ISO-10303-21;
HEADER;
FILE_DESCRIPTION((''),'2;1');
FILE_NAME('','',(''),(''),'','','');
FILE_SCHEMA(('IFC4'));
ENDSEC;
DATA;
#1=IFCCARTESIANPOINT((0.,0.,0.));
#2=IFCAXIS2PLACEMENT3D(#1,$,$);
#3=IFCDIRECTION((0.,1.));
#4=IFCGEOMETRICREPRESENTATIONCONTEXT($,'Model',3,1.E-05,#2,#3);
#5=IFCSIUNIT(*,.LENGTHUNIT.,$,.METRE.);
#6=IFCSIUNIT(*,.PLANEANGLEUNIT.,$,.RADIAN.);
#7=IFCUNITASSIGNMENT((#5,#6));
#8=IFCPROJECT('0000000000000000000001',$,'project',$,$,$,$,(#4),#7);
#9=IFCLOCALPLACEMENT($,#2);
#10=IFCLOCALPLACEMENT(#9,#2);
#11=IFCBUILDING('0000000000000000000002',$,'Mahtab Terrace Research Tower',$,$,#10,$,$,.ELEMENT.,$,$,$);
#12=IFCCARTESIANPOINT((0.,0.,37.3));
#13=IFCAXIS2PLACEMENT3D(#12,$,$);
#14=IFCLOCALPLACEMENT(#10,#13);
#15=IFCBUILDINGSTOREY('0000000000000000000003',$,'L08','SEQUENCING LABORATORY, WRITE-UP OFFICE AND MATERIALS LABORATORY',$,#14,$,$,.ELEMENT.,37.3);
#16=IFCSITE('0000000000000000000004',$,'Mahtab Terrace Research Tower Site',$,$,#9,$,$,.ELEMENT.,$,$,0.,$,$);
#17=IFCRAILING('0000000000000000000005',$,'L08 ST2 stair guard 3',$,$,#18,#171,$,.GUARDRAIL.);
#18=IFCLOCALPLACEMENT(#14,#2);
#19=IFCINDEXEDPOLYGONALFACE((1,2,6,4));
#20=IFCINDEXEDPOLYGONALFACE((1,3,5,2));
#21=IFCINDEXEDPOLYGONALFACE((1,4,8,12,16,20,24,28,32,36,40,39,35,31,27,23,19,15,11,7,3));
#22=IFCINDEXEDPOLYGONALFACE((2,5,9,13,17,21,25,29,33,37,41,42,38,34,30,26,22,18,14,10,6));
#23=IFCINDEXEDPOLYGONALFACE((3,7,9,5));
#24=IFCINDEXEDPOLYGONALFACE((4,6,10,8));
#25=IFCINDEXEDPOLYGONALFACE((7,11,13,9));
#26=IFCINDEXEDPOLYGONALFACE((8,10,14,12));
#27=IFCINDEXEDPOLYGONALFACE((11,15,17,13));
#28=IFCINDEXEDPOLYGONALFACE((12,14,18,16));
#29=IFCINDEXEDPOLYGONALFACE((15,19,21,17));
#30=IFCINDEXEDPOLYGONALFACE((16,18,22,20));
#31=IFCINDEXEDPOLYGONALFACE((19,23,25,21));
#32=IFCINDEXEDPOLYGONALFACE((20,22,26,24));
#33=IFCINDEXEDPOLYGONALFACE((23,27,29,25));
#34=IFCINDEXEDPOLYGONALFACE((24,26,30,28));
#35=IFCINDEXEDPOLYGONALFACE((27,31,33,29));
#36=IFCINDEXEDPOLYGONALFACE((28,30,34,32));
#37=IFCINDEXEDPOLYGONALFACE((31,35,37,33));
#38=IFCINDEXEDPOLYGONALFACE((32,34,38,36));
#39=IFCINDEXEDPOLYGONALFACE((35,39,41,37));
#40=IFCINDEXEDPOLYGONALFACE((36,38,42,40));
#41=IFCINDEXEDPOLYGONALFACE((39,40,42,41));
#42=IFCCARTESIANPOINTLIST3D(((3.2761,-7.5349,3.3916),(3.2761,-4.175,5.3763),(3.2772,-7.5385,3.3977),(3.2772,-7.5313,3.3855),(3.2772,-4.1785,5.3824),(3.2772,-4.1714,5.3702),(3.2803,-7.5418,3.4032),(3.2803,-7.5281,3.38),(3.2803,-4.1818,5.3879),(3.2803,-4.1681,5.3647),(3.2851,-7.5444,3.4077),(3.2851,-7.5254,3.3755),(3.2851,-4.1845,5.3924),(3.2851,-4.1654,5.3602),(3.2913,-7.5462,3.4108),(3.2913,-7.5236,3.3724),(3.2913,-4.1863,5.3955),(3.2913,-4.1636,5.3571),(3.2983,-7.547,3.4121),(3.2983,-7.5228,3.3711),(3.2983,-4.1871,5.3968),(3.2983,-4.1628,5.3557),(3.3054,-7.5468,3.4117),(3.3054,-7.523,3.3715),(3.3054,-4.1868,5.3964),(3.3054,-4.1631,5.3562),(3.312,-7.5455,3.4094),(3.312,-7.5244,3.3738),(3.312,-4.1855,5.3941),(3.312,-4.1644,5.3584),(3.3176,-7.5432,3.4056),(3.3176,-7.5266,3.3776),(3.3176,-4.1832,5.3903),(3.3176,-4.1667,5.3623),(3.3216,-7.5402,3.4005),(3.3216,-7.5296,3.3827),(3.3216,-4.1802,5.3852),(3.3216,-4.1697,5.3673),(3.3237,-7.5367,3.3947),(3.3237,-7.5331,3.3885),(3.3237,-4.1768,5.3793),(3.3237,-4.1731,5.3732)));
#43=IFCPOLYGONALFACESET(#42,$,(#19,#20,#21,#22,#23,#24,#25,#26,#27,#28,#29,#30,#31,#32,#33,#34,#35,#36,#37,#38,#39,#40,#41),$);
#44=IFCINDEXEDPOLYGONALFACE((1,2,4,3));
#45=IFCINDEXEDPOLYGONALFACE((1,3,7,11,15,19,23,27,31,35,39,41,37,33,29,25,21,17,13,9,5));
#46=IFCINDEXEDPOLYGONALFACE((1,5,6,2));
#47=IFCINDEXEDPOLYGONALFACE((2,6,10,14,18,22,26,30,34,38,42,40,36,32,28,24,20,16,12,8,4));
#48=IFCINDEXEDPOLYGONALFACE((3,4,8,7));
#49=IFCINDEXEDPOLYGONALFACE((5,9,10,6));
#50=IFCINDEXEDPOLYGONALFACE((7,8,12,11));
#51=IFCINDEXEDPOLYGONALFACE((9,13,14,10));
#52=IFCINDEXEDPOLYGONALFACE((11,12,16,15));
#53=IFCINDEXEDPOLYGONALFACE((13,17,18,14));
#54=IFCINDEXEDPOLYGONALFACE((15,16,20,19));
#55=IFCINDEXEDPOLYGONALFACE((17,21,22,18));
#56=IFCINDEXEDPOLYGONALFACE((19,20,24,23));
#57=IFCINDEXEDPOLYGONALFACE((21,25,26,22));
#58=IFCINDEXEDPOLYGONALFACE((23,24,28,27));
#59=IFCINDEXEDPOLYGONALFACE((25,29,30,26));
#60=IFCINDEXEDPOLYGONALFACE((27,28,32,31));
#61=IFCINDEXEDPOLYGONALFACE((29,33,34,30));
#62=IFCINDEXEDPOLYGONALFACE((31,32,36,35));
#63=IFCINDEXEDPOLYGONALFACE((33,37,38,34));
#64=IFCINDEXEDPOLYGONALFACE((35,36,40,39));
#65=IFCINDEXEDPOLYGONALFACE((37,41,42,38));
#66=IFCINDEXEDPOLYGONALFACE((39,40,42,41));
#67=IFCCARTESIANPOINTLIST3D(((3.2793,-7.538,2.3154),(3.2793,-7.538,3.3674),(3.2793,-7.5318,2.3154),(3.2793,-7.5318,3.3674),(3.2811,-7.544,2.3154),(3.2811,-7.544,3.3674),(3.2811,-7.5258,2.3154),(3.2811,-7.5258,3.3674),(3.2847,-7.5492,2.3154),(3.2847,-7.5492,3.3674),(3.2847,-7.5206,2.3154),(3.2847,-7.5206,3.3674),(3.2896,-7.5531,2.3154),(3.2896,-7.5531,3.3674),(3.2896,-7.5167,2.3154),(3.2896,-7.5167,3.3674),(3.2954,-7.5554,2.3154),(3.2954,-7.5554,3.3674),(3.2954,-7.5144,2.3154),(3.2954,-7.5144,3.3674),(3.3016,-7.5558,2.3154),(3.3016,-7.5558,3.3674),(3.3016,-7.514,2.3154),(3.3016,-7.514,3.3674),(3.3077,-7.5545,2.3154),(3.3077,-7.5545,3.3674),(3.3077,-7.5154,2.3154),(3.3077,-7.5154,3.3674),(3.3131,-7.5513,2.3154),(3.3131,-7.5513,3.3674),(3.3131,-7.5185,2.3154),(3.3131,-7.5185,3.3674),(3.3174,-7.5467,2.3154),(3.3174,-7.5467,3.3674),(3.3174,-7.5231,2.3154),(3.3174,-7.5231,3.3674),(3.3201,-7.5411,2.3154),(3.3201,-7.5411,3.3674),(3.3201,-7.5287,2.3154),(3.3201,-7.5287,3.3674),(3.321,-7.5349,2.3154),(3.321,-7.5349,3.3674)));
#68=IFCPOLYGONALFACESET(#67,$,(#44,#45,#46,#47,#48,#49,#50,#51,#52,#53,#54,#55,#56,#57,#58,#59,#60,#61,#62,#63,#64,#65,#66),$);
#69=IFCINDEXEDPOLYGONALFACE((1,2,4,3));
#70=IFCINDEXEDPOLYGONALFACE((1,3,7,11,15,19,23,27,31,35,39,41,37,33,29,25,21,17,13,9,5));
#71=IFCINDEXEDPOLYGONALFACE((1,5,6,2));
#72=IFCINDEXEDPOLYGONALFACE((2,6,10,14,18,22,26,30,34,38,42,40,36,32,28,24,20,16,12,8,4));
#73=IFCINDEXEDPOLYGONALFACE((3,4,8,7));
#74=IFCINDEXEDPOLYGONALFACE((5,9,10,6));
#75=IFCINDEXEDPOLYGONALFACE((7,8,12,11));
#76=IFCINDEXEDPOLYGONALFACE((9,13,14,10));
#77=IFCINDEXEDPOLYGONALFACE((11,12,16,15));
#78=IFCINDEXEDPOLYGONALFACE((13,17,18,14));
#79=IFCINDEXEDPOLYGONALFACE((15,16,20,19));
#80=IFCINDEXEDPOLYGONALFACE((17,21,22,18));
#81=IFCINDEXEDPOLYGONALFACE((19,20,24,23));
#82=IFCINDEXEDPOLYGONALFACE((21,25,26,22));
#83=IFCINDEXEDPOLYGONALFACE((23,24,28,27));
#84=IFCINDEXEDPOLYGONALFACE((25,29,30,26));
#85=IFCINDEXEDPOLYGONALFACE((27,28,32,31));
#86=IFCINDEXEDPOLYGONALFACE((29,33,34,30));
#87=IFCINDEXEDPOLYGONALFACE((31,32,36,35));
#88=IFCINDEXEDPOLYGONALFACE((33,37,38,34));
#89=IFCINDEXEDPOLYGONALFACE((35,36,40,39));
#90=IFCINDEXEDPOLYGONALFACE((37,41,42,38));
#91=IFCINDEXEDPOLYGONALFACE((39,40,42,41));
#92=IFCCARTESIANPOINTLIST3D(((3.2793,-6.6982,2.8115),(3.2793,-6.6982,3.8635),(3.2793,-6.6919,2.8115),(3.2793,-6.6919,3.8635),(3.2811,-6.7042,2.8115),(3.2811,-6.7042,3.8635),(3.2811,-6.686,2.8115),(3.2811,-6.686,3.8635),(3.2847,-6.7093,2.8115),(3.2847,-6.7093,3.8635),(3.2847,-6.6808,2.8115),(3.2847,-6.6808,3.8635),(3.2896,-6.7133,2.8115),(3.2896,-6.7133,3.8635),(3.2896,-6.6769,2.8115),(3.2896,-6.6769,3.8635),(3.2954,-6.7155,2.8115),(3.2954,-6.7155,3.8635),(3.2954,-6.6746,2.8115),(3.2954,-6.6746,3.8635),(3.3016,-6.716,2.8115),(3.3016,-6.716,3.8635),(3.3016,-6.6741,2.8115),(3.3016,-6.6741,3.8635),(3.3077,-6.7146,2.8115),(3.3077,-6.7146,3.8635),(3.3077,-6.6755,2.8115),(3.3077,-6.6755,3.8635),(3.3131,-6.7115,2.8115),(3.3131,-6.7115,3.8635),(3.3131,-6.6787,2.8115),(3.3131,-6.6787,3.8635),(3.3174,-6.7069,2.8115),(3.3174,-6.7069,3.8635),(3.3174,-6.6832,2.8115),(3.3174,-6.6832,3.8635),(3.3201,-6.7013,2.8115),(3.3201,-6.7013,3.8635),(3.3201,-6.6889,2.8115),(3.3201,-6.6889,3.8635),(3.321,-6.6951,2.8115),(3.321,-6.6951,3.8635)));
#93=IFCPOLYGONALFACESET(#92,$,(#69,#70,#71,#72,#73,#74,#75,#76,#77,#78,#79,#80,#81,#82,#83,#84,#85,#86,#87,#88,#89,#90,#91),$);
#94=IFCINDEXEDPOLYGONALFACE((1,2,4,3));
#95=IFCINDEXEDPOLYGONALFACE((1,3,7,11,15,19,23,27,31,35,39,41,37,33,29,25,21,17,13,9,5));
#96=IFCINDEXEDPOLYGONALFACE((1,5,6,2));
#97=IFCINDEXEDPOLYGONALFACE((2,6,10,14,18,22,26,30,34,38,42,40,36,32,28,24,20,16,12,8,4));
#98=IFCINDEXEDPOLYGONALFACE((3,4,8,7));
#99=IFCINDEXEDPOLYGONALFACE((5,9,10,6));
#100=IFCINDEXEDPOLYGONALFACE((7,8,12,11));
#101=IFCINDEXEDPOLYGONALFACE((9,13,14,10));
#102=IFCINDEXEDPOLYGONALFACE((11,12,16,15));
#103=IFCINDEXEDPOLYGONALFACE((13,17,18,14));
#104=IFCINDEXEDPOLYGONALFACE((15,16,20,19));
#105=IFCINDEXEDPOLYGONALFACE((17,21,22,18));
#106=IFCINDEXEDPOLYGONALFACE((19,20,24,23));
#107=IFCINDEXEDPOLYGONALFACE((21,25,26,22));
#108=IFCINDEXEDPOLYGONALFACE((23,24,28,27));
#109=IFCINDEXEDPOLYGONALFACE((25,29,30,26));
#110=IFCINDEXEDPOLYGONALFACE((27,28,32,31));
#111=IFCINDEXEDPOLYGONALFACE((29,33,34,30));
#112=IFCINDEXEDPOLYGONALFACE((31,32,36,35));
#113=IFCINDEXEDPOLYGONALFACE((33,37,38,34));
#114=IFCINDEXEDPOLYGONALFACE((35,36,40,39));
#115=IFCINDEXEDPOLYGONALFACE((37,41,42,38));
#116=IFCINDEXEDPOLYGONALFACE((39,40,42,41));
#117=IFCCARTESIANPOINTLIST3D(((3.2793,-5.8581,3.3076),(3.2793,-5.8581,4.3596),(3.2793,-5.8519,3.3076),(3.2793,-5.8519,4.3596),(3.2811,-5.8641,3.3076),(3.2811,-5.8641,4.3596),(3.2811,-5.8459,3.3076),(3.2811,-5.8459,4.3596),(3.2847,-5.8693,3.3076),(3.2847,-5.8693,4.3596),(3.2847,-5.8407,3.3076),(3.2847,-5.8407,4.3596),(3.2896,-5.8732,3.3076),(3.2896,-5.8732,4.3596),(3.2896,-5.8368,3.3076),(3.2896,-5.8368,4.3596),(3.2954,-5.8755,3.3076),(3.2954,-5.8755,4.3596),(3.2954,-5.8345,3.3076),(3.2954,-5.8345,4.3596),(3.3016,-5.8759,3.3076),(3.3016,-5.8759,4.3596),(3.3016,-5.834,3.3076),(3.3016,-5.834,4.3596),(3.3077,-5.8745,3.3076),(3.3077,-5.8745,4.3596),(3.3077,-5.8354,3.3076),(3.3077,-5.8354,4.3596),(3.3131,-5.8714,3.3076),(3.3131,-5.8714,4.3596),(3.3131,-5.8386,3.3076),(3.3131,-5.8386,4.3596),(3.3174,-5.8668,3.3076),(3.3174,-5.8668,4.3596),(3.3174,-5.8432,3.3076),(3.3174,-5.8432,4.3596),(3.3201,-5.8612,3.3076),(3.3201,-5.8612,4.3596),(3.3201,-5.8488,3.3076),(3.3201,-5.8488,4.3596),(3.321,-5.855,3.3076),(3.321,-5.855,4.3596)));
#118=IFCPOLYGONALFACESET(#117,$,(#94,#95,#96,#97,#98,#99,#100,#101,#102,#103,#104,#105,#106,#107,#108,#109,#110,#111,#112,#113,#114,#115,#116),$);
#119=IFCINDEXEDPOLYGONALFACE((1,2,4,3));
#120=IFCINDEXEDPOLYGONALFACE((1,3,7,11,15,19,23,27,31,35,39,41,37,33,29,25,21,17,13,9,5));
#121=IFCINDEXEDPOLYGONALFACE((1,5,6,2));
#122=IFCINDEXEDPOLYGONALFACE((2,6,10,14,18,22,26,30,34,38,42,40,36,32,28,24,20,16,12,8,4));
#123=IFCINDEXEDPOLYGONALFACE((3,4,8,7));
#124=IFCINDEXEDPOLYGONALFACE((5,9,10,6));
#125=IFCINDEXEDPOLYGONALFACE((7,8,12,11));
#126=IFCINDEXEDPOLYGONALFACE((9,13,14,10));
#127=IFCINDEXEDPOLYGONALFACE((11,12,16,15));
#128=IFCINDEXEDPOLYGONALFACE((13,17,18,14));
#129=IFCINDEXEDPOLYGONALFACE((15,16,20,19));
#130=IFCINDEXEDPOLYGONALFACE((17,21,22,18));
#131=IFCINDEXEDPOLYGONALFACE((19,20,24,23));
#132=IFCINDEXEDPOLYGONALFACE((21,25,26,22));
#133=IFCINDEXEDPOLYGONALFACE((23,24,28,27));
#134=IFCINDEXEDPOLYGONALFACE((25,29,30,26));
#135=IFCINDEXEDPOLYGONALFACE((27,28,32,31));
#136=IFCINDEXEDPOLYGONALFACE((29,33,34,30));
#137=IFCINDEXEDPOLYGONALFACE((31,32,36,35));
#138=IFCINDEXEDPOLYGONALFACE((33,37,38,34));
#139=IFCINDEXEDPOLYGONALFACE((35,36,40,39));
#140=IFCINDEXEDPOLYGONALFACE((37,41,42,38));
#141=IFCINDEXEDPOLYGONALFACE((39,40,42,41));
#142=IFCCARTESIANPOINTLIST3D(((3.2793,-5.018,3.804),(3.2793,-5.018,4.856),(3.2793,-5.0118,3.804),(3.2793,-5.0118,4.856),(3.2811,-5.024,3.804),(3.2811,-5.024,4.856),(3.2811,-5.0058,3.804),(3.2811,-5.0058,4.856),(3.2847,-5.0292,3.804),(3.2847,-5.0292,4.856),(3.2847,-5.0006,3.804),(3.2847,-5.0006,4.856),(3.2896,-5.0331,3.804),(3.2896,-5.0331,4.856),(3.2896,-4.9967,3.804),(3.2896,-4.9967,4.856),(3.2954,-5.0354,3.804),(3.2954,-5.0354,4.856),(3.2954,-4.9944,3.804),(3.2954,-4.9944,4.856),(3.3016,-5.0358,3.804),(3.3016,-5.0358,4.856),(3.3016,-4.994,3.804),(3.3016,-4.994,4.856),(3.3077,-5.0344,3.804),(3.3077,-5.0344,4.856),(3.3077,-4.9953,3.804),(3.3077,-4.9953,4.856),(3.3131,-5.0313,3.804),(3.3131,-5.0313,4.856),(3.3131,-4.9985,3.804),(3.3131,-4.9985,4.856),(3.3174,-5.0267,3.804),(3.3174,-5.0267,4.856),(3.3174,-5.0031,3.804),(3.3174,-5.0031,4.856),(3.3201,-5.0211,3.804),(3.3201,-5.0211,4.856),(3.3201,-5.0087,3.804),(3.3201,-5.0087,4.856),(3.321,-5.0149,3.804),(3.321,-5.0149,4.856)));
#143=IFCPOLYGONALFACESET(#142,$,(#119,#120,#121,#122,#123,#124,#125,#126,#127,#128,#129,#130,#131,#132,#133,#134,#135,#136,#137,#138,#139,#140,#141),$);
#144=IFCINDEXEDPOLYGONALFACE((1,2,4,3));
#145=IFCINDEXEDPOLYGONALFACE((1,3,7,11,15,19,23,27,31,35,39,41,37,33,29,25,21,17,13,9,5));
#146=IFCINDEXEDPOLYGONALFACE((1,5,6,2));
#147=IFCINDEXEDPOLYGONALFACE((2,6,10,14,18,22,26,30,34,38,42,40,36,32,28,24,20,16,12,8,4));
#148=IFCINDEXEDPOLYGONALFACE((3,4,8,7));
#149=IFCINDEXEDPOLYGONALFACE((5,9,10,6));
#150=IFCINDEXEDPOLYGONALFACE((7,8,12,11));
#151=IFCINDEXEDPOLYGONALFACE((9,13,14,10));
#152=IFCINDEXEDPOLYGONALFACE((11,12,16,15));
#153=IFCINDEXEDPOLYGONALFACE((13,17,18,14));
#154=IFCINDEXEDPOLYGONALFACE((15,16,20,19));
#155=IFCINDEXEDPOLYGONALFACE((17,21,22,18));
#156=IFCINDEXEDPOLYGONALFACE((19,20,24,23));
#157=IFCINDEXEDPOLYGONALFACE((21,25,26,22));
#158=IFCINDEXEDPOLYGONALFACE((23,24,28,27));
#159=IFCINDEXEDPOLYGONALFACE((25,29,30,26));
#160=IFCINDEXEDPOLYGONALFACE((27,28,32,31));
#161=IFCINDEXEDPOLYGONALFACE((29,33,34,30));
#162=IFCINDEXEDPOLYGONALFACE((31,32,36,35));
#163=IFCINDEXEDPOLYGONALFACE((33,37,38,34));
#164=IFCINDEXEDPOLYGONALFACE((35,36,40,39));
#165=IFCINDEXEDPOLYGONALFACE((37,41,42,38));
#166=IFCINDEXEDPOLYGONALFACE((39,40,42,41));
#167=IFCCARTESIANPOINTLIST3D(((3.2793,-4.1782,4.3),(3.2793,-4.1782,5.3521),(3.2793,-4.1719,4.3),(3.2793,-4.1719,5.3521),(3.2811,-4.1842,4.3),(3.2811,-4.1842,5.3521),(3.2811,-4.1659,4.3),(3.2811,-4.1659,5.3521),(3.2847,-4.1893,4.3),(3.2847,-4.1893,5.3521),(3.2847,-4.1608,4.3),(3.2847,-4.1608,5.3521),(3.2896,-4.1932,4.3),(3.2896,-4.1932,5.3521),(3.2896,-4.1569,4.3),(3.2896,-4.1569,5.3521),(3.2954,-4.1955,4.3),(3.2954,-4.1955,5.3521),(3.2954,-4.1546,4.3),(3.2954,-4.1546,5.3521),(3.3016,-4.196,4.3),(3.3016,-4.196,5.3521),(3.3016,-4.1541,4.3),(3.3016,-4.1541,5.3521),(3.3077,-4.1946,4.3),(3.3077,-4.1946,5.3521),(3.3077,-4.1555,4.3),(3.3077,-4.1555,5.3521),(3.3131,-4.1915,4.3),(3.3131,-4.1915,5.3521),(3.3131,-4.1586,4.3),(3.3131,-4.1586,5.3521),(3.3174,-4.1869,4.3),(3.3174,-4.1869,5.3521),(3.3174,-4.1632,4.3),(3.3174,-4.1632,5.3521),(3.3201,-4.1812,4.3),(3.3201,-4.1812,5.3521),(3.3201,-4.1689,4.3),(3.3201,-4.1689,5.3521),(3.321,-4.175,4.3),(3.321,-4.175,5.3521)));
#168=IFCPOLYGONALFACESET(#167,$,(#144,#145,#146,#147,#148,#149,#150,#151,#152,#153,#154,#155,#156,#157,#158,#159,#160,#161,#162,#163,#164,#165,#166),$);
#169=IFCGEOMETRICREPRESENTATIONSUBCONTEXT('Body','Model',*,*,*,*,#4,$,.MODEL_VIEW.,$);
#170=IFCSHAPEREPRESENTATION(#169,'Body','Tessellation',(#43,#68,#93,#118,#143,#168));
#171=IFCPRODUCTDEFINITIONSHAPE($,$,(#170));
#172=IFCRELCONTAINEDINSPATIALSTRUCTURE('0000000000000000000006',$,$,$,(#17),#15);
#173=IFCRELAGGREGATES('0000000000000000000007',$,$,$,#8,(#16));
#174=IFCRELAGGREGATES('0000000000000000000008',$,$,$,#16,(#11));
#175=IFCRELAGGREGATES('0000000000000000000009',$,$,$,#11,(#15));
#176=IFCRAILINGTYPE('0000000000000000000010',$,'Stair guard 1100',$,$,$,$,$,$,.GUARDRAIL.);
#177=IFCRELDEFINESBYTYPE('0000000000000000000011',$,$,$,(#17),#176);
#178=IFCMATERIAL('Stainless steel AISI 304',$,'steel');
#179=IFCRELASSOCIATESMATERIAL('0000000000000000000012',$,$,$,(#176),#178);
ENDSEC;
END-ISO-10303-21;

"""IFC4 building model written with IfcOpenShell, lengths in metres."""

from ifc_helpers import new_model, si_unit, direction, frame, origin, origin_2d, place, context, subcontext, project, spatial, circle, extrude, material, type_object, element, save


model = new_model("IFC4")

# Units and contexts
model_context = context("Model", 3, precision=1e-05, world=origin(), true_north=direction((0.0, 1.0)))
body_context = subcontext(model_context, "Body", "Model", "MODEL_VIEW")
ifc_project = project(units=[si_unit("LENGTHUNIT", "METRE"), si_unit("PLANEANGLEUNIT", "RADIAN")], contexts=[model_context])

# Site, building, storey
site_placement = place(None, origin())
site = spatial("IfcSite", under=ifc_project, at=site_placement, Name="Mahtab Terrace Research Tower Site", CompositionType="ELEMENT", RefElevation=0.0)
building_placement = place(site_placement, origin())
building = spatial("IfcBuilding", under=site, at=building_placement, Name="Mahtab Terrace Research Tower", CompositionType="ELEMENT")
storey_placement = place(building_placement, frame((0.0, 0.0, 37.3)))
storey = spatial("IfcBuildingStorey", under=building, at=storey_placement, Name="L08", Description="SEQUENCING LABORATORY, WRITE-UP OFFICE AND MATERIALS LABORATORY", CompositionType="ELEMENT", Elevation=37.3)

# Railing
ifc_material_1 = material(Name="Stainless steel AISI 304", Category="steel")
railing_type_1 = type_object("IfcRailingType", Name="Stair guard 1100", PredefinedType="GUARDRAIL", material=ifc_material_1)
railing_1_placement = place(storey_placement, frame((3.3, -7.5349, 2.3154)))
element("IfcRailing", 1, at=railing_1_placement, inside=storey, type_object=railing_type_1, Name="L08 ST2 stair guard 3", PredefinedType="GUARDRAIL", context=body_context, shape_type="SweptSolid", body=[
    extrude(circle(Radius=0.0239, at=origin_2d()), frame((0.0, 0.0, 1.0762), z_axis=(0.0, 0.861011, 0.508586), x_axis=(-1.0, 0.0, 0.0)), (0.0, 0.0, 1.0), 3.9023),
    extrude(circle(Radius=0.021, at=origin_2d()), origin(), (0.0, 0.0, 1.0), 1.052),
    extrude(circle(Radius=0.021, at=origin_2d()), frame((0.0, 0.8398, 0.4961)), (0.0, 0.0, 1.0), 1.052),
    extrude(circle(Radius=0.021, at=origin_2d()), frame((0.0, 1.6799, 0.9922)), (0.0, 0.0, 1.0), 1.052),
    extrude(circle(Radius=0.021, at=origin_2d()), frame((0.0, 2.52, 1.4885)), (0.0, 0.0, 1.0), 1.052),
    extrude(circle(Radius=0.021, at=origin_2d()), frame((0.0, 3.3599, 1.9846)), (0.0, 0.0, 1.0), 1.052),
])

save(model, "model.ifc")
